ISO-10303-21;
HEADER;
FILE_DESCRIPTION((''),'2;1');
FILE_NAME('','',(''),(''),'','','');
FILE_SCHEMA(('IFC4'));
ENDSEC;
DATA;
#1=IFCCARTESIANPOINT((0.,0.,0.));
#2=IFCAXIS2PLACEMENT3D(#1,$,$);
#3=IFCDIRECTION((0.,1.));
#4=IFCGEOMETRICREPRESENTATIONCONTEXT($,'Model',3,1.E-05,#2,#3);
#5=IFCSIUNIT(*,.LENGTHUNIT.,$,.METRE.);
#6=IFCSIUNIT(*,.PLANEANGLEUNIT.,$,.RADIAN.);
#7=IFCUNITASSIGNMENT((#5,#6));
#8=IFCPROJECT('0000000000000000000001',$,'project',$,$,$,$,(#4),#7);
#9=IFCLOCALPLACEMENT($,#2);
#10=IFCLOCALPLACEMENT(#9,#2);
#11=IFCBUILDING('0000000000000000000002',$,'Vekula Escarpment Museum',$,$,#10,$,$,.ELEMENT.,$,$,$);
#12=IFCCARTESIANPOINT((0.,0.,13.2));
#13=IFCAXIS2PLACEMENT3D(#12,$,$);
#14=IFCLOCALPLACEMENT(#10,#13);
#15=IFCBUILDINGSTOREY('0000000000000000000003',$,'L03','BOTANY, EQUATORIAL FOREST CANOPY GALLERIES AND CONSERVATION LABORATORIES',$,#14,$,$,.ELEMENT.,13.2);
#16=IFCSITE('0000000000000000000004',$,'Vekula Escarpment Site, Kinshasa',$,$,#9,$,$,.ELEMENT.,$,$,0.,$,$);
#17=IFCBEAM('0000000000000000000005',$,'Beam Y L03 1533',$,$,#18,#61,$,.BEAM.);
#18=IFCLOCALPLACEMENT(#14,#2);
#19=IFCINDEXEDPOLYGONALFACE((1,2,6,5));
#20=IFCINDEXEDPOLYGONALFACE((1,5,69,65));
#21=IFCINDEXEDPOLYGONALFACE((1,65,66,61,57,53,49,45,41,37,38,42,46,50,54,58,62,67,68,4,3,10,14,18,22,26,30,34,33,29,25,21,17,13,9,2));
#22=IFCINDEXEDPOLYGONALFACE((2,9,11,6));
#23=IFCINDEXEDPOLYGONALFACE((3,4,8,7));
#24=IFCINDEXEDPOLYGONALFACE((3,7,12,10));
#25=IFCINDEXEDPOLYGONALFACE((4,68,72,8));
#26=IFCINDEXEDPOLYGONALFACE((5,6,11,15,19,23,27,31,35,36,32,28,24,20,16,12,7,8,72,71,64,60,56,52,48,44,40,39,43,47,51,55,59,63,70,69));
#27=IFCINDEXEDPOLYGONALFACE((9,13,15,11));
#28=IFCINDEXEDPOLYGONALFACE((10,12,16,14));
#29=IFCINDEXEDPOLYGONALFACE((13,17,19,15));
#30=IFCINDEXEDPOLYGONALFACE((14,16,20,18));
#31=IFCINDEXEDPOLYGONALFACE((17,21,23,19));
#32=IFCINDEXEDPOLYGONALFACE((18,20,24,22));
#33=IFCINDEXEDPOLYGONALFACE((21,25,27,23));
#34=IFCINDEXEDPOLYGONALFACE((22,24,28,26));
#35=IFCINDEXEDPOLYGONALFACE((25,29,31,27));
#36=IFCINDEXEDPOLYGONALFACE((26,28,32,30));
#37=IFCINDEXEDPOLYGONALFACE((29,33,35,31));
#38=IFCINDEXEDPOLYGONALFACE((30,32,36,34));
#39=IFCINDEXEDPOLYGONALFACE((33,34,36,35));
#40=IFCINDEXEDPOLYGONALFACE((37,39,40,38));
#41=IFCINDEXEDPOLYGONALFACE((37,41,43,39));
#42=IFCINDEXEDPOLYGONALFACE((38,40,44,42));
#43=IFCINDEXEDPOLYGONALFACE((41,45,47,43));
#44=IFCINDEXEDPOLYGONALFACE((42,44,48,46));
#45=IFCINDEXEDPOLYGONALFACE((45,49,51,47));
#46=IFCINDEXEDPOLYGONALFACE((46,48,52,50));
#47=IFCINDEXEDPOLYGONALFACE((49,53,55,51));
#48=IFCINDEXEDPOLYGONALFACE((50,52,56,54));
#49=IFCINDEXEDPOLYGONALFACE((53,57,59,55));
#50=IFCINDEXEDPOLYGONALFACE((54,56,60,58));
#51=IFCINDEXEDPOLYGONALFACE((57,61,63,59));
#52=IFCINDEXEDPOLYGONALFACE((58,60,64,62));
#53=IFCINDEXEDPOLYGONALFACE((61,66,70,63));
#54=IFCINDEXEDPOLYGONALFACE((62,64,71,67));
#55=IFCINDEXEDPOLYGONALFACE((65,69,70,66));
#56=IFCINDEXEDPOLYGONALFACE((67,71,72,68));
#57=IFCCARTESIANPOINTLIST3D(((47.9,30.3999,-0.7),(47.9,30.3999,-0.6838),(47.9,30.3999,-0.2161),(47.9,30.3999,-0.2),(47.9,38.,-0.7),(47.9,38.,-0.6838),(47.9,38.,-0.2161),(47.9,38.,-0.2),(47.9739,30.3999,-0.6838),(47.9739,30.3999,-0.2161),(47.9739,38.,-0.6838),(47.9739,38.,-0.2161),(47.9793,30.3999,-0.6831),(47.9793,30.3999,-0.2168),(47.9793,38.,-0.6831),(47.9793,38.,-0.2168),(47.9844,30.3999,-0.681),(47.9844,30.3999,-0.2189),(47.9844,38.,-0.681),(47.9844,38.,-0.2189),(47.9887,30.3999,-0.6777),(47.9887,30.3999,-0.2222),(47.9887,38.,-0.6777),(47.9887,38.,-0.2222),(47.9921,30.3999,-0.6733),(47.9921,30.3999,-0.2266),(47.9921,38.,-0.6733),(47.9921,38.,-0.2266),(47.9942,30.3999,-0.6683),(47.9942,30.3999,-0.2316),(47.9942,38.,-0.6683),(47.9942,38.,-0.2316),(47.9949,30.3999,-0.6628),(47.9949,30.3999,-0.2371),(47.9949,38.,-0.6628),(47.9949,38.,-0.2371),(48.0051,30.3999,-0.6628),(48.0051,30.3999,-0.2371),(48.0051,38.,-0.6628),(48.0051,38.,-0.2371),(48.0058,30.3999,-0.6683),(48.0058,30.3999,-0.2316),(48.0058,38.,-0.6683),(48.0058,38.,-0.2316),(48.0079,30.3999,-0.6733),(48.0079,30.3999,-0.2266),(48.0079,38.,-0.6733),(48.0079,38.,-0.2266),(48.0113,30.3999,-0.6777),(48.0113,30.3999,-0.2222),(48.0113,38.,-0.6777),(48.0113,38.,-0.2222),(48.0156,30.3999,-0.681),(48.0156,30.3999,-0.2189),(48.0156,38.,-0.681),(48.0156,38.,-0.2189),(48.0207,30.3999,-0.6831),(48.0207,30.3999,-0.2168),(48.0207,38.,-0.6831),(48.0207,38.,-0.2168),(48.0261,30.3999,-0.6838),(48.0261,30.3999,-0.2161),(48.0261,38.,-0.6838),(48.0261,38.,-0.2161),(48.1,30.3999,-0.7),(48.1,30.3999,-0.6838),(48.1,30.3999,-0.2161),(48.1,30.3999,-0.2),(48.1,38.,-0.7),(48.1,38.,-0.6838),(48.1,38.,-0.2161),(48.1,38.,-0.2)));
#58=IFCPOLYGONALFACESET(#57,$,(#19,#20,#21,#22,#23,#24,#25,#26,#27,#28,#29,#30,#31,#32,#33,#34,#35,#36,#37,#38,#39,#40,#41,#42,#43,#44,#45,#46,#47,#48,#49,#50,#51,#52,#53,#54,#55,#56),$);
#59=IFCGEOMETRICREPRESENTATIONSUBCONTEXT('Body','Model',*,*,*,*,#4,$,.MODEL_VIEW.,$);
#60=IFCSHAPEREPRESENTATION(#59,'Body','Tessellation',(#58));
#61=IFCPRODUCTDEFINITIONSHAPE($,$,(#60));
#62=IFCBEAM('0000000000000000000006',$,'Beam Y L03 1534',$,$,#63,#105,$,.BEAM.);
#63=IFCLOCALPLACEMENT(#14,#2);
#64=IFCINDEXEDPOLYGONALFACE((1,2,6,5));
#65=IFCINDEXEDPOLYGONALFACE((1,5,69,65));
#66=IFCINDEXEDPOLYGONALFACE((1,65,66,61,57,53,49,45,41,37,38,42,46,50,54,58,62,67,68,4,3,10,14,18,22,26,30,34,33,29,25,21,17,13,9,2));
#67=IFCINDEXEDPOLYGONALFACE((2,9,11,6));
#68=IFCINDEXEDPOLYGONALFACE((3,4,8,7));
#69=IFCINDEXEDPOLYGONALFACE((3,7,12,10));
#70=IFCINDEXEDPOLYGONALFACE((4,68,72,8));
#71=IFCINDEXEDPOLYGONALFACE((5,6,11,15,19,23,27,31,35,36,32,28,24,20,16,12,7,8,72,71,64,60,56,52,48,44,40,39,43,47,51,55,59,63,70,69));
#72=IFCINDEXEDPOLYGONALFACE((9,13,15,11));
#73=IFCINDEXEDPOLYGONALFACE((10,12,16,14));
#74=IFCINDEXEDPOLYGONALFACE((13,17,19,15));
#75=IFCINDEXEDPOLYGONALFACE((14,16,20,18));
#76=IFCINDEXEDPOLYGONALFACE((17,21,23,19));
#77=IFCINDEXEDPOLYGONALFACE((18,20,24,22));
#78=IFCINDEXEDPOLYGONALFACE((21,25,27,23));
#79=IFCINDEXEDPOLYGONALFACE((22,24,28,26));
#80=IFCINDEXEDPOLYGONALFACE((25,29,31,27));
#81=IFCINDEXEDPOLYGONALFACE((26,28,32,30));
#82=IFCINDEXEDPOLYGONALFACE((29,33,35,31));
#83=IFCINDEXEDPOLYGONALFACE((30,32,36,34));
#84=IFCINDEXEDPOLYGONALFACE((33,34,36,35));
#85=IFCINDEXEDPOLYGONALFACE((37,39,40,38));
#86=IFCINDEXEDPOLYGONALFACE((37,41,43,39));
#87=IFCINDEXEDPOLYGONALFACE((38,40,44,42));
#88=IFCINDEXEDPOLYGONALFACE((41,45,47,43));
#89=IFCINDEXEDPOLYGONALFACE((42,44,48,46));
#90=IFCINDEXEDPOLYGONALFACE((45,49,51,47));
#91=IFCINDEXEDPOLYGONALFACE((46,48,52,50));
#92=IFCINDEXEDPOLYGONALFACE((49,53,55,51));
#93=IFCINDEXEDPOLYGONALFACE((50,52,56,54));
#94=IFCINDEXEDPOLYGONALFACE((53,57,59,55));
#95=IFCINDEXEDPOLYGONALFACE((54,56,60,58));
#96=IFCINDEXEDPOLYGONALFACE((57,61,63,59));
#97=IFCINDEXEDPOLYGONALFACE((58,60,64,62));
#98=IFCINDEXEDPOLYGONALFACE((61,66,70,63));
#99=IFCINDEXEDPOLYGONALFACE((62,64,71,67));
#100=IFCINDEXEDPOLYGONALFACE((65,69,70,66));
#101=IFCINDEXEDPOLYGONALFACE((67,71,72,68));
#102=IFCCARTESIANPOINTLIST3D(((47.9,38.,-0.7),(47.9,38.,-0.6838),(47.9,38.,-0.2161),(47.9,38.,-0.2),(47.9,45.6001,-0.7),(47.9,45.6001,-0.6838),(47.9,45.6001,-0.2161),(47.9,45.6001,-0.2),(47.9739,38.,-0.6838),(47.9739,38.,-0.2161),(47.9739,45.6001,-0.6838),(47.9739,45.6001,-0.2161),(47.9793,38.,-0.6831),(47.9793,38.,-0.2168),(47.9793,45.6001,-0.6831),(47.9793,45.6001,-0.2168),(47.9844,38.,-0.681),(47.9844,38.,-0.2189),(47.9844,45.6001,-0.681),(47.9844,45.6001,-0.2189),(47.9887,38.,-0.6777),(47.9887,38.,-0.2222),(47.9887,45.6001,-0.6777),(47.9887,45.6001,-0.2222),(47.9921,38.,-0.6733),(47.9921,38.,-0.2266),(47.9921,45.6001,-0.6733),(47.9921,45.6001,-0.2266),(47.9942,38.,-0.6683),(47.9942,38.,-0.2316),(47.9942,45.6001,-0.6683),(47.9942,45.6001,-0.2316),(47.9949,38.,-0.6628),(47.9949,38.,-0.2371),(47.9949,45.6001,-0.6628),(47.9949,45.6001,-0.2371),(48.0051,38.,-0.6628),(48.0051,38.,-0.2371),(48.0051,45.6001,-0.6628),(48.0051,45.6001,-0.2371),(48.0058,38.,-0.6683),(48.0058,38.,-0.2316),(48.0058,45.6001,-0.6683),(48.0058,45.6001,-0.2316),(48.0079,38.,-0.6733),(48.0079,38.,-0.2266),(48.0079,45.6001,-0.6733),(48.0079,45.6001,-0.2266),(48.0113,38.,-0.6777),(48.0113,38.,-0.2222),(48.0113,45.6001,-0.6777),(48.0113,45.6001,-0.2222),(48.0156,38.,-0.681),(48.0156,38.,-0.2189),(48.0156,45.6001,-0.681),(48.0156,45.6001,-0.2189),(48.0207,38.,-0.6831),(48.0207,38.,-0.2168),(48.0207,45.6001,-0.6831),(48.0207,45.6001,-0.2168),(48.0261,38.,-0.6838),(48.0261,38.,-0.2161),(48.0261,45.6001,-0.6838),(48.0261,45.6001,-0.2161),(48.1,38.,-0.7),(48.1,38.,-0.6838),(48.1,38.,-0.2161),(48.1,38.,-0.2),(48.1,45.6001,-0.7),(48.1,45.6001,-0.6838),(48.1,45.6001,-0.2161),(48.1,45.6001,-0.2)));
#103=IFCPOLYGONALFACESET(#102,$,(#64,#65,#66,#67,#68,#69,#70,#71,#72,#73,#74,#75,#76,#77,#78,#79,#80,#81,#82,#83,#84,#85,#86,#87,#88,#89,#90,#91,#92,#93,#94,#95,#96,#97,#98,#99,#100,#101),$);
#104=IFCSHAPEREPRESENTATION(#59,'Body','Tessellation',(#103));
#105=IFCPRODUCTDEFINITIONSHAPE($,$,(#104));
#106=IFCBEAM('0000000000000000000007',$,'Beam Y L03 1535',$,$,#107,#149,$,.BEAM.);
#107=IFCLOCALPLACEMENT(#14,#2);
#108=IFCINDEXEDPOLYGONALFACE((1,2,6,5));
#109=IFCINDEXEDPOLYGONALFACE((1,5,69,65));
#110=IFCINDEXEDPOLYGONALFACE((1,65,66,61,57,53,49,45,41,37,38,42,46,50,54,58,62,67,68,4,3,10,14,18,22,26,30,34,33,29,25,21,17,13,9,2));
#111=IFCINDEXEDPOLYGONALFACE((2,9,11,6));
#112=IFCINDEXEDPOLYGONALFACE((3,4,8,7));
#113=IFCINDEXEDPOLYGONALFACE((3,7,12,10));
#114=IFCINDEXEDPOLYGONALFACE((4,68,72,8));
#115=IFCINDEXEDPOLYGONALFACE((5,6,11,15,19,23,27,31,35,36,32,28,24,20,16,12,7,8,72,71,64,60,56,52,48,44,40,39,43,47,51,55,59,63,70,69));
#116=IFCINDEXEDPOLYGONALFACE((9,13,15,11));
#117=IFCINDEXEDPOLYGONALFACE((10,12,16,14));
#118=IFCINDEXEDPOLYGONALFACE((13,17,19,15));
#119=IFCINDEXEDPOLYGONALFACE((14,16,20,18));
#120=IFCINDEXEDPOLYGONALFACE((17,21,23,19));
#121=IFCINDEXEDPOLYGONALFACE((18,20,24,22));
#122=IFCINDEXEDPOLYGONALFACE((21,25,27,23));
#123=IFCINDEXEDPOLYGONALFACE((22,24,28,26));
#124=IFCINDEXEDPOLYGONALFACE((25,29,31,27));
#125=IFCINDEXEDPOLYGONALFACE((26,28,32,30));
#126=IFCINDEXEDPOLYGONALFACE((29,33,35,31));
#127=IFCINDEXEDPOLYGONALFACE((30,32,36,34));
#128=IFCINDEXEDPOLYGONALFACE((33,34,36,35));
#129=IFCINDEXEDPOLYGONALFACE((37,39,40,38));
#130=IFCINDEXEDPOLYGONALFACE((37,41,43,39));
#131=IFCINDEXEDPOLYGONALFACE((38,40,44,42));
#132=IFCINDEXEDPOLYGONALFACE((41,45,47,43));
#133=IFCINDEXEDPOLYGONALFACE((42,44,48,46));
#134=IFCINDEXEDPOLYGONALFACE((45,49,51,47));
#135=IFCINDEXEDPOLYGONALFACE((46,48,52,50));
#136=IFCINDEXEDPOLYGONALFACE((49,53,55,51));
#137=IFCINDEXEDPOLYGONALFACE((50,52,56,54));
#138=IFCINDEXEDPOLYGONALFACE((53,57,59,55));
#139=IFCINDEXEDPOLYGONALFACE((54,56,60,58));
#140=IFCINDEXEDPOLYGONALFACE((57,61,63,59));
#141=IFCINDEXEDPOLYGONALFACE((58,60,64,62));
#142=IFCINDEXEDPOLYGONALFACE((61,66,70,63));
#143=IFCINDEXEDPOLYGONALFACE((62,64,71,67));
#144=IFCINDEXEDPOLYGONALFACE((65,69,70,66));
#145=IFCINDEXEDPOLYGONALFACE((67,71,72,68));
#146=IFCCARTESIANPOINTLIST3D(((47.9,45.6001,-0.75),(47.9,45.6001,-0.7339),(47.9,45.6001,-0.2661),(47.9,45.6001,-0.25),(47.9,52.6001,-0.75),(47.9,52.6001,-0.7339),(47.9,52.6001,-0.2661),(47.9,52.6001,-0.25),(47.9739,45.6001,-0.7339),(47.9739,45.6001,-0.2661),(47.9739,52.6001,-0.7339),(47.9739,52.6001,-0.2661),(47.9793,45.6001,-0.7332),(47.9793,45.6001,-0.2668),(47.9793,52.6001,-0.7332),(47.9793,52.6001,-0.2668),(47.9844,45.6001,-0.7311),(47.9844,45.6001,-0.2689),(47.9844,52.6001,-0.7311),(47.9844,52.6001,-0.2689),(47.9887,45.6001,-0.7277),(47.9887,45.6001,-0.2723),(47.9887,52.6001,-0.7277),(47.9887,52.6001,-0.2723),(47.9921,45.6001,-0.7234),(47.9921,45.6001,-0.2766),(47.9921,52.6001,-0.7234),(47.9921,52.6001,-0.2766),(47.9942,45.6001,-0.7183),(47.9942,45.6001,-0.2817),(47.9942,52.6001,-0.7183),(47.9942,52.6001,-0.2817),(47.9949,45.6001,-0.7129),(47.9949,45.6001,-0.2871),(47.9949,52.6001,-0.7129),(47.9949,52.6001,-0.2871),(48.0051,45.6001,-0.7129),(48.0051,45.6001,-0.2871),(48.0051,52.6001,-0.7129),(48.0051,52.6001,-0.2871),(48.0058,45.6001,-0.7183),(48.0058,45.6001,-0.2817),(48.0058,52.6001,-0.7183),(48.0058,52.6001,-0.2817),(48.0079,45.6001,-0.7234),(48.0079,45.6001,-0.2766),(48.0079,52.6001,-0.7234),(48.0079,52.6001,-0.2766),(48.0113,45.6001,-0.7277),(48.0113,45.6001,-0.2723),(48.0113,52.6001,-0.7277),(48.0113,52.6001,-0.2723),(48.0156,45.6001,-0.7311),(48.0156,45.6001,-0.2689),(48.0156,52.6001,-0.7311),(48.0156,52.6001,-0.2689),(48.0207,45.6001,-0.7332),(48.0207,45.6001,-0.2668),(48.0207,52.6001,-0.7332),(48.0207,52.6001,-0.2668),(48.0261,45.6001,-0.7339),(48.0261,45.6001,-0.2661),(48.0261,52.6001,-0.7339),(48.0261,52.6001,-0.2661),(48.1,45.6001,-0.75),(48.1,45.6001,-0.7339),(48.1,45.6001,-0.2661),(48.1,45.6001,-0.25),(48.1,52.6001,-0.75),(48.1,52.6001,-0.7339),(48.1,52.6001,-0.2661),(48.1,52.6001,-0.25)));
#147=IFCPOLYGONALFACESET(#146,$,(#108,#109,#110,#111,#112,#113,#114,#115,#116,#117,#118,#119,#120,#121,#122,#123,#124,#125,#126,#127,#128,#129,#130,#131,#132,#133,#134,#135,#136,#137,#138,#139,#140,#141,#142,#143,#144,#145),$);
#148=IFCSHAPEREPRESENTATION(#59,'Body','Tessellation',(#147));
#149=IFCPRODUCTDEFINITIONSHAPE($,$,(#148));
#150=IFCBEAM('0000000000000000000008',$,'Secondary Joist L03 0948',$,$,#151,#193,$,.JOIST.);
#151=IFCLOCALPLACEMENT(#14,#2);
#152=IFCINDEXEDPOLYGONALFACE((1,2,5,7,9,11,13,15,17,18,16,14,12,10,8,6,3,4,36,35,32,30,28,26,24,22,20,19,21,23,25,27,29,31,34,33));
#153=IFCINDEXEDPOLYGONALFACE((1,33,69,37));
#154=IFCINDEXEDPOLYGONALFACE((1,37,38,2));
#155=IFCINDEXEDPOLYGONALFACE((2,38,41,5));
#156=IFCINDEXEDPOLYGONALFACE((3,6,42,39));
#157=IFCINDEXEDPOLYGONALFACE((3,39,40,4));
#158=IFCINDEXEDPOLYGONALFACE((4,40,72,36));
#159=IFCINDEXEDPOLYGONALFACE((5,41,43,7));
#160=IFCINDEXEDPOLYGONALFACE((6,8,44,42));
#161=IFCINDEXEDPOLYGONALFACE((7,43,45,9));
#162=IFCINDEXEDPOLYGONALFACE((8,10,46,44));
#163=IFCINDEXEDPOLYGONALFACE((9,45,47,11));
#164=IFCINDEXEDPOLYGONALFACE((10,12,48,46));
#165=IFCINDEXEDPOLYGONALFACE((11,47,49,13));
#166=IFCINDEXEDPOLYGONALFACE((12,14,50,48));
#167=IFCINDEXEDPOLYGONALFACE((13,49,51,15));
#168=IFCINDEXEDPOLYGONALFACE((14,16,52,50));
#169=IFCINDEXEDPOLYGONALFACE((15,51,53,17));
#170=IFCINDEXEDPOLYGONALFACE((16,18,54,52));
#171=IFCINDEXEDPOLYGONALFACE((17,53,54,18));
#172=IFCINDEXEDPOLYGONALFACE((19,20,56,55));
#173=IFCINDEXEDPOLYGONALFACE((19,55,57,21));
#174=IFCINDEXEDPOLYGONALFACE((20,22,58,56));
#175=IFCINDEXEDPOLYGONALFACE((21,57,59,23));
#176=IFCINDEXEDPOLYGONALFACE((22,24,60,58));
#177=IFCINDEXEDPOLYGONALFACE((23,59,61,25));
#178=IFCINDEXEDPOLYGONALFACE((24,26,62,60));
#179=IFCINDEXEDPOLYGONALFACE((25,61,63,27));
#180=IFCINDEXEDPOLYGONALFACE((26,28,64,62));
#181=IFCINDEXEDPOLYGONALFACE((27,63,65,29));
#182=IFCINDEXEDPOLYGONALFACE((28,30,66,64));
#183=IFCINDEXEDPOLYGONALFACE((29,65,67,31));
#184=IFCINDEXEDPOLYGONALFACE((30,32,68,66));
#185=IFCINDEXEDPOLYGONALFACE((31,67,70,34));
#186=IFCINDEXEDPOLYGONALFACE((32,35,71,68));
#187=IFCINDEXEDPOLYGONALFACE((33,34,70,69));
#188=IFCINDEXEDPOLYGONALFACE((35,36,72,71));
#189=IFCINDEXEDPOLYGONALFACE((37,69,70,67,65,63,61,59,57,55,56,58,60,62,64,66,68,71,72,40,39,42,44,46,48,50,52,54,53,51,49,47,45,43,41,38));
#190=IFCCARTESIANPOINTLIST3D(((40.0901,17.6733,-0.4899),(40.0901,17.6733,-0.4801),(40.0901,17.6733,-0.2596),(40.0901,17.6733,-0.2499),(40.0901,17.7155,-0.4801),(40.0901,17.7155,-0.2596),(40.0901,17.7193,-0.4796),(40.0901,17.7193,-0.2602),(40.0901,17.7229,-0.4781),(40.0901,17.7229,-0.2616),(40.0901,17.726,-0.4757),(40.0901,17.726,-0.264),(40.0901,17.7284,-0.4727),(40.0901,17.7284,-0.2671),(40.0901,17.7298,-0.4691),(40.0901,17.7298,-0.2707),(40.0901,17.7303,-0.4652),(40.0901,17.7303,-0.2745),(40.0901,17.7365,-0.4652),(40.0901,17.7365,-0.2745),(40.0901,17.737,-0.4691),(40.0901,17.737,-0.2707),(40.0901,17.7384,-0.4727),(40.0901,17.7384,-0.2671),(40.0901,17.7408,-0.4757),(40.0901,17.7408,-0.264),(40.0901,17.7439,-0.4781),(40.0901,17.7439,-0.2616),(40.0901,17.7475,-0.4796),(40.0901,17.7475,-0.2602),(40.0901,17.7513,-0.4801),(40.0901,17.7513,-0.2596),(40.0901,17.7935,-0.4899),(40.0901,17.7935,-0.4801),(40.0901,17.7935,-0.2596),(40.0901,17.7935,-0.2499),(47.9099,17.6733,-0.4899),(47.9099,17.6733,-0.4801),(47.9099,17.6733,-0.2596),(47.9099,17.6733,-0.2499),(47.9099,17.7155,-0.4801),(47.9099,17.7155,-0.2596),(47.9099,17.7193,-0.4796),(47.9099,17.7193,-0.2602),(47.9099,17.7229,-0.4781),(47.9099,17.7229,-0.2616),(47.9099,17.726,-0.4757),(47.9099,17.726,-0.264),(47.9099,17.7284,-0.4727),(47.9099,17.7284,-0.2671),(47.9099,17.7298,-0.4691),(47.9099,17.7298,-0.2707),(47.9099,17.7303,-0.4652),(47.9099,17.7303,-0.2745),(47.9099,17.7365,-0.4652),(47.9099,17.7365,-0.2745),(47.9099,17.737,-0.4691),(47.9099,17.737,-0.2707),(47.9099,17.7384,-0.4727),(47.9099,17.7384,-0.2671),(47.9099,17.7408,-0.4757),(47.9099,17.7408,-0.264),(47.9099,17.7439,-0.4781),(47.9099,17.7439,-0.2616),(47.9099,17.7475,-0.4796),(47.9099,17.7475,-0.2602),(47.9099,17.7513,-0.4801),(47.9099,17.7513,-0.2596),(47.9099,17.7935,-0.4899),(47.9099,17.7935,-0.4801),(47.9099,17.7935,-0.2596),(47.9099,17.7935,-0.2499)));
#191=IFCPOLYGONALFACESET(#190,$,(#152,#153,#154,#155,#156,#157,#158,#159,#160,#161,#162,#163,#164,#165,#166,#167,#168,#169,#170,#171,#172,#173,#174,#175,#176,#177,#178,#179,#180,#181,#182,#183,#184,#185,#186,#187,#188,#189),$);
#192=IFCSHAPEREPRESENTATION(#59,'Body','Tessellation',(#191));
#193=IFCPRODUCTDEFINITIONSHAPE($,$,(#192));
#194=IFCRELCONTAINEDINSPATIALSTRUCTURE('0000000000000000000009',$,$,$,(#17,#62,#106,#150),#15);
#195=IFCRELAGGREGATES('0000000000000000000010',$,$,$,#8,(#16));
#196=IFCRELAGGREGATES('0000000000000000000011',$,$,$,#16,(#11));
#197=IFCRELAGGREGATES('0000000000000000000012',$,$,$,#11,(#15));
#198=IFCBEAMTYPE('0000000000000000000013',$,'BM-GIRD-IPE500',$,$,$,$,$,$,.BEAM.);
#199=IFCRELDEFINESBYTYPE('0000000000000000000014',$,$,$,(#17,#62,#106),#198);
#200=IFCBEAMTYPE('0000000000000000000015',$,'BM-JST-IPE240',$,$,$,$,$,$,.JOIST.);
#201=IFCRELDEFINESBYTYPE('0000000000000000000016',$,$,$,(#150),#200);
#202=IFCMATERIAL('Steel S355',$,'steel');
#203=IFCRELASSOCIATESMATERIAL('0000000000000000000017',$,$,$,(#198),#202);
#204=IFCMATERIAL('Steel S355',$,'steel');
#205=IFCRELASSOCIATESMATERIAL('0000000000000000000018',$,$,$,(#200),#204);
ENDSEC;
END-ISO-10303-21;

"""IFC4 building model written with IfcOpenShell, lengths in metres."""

from ifc_helpers import new_model, si_unit, direction, frame, origin, origin_2d, place, context, subcontext, project, spatial, i_section, extrude, material, material_profile, profile_set, type_object, element, save


model = new_model("IFC4")

# Units and contexts
model_context = context("Model", 3, precision=1e-05, world=origin(), true_north=direction((0.0, 1.0)))
body_context = subcontext(model_context, "Body", "Model", "MODEL_VIEW")
ifc_project = project(units=[si_unit("LENGTHUNIT", "METRE"), si_unit("PLANEANGLEUNIT", "RADIAN")], contexts=[model_context])

# Site, building, storey
site_placement = place(None, origin())
site = spatial("IfcSite", under=ifc_project, at=site_placement, Name="Vekula Escarpment Site, Kinshasa", CompositionType="ELEMENT", RefElevation=0.0)
building_placement = place(site_placement, origin())
building = spatial("IfcBuilding", under=site, at=building_placement, Name="Vekula Escarpment Museum", CompositionType="ELEMENT")
storey_placement = place(building_placement, frame((0.0, 0.0, 13.2)))
storey = spatial("IfcBuildingStorey", under=building, at=storey_placement, Name="L03", Description="BOTANY, EQUATORIAL FOREST CANOPY GALLERIES AND CONSERVATION LABORATORIES", CompositionType="ELEMENT", Elevation=13.2)

# Beams
ifc_material_1 = material(Name="Steel S355", Category="steel")
ifc_material_profile_1 = material_profile(ifc_material_1, i_section(OverallWidth=0.2, OverallDepth=0.5, WebThickness=0.0103, FlangeThickness=0.0161, FilletRadius=0.021, at=origin_2d()), Name="IPE 500")
ifc_profile_set_1 = profile_set([ifc_material_profile_1], Name="Steel S355")
beam_type_1 = type_object("IfcBeamType", Name="BM-GIRD-IPE500", PredefinedType="BEAM", material=ifc_profile_set_1)
for number, where, z_axis, x_axis, name in (
    (1, (48.0, 30.3999, -0.45), (0.0, 1.0, 0.0), (-1.0, 0.0, 0.0), "Beam Y L03 1533"),
    (2, (48.0, 38.0, -0.45), (0.0, 1.0, 0.0), (-1.0, 0.0, 0.0), "Beam Y L03 1534"),
):
    element("IfcBeam", number, at=place(storey_placement, frame(where, z_axis=z_axis, x_axis=x_axis)), inside=storey, type_object=beam_type_1, Name=name, PredefinedType="BEAM", context=body_context, shape_type="SweptSolid", body=[
        extrude(i_section(OverallWidth=0.2, OverallDepth=0.5, WebThickness=0.0103, FlangeThickness=0.0161, FilletRadius=0.021, at=origin_2d()), origin(), (0.0, 0.0, 1.0), 7.6001),
    ])
beam_1_placement = place(storey_placement, frame((48.0, 45.6001, -0.5), z_axis=(0.0, 1.0, 0.0), x_axis=(-1.0, 0.0, 0.0)))
element("IfcBeam", 3, at=beam_1_placement, inside=storey, type_object=beam_type_1, Name="Beam Y L03 1535", PredefinedType="BEAM", context=body_context, shape_type="SweptSolid", body=[
    extrude(i_section(OverallWidth=0.2, OverallDepth=0.5, WebThickness=0.0103, FlangeThickness=0.0161, FilletRadius=0.021, at=origin_2d()), origin(), (0.0, 0.0, 1.0), 7.0),
])
ifc_material_2 = material(Name="Steel S355", Category="steel")
ifc_material_profile_2 = material_profile(ifc_material_2, i_section(OverallWidth=0.1201, OverallDepth=0.24, WebThickness=0.0061, FlangeThickness=0.0098, FilletRadius=0.0149, at=origin_2d()), Name="IPE 240")
ifc_profile_set_2 = profile_set([ifc_material_profile_2], Name="Steel S355")
beam_type_2 = type_object("IfcBeamType", Name="BM-JST-IPE240", PredefinedType="JOIST", material=ifc_profile_set_2)
for number, where, z_axis, x_axis, name in (
    (4, (40.0901, 17.7334, -0.3699), (1.0, 0.0, 0.0), (0.0, 1.0, 0.0), "Secondary Joist L03 0948"),
):
    element("IfcBeam", number, at=place(storey_placement, frame(where, z_axis=z_axis, x_axis=x_axis)), inside=storey, type_object=beam_type_2, Name=name, PredefinedType="JOIST", context=body_context, shape_type="SweptSolid", body=[
        extrude(i_section(OverallWidth=0.1201, OverallDepth=0.24, WebThickness=0.0061, FlangeThickness=0.0098, FilletRadius=0.0149, at=origin_2d()), origin(), (0.0, 0.0, 1.0), 7.8198),
    ])

save(model, "model.ifc")
